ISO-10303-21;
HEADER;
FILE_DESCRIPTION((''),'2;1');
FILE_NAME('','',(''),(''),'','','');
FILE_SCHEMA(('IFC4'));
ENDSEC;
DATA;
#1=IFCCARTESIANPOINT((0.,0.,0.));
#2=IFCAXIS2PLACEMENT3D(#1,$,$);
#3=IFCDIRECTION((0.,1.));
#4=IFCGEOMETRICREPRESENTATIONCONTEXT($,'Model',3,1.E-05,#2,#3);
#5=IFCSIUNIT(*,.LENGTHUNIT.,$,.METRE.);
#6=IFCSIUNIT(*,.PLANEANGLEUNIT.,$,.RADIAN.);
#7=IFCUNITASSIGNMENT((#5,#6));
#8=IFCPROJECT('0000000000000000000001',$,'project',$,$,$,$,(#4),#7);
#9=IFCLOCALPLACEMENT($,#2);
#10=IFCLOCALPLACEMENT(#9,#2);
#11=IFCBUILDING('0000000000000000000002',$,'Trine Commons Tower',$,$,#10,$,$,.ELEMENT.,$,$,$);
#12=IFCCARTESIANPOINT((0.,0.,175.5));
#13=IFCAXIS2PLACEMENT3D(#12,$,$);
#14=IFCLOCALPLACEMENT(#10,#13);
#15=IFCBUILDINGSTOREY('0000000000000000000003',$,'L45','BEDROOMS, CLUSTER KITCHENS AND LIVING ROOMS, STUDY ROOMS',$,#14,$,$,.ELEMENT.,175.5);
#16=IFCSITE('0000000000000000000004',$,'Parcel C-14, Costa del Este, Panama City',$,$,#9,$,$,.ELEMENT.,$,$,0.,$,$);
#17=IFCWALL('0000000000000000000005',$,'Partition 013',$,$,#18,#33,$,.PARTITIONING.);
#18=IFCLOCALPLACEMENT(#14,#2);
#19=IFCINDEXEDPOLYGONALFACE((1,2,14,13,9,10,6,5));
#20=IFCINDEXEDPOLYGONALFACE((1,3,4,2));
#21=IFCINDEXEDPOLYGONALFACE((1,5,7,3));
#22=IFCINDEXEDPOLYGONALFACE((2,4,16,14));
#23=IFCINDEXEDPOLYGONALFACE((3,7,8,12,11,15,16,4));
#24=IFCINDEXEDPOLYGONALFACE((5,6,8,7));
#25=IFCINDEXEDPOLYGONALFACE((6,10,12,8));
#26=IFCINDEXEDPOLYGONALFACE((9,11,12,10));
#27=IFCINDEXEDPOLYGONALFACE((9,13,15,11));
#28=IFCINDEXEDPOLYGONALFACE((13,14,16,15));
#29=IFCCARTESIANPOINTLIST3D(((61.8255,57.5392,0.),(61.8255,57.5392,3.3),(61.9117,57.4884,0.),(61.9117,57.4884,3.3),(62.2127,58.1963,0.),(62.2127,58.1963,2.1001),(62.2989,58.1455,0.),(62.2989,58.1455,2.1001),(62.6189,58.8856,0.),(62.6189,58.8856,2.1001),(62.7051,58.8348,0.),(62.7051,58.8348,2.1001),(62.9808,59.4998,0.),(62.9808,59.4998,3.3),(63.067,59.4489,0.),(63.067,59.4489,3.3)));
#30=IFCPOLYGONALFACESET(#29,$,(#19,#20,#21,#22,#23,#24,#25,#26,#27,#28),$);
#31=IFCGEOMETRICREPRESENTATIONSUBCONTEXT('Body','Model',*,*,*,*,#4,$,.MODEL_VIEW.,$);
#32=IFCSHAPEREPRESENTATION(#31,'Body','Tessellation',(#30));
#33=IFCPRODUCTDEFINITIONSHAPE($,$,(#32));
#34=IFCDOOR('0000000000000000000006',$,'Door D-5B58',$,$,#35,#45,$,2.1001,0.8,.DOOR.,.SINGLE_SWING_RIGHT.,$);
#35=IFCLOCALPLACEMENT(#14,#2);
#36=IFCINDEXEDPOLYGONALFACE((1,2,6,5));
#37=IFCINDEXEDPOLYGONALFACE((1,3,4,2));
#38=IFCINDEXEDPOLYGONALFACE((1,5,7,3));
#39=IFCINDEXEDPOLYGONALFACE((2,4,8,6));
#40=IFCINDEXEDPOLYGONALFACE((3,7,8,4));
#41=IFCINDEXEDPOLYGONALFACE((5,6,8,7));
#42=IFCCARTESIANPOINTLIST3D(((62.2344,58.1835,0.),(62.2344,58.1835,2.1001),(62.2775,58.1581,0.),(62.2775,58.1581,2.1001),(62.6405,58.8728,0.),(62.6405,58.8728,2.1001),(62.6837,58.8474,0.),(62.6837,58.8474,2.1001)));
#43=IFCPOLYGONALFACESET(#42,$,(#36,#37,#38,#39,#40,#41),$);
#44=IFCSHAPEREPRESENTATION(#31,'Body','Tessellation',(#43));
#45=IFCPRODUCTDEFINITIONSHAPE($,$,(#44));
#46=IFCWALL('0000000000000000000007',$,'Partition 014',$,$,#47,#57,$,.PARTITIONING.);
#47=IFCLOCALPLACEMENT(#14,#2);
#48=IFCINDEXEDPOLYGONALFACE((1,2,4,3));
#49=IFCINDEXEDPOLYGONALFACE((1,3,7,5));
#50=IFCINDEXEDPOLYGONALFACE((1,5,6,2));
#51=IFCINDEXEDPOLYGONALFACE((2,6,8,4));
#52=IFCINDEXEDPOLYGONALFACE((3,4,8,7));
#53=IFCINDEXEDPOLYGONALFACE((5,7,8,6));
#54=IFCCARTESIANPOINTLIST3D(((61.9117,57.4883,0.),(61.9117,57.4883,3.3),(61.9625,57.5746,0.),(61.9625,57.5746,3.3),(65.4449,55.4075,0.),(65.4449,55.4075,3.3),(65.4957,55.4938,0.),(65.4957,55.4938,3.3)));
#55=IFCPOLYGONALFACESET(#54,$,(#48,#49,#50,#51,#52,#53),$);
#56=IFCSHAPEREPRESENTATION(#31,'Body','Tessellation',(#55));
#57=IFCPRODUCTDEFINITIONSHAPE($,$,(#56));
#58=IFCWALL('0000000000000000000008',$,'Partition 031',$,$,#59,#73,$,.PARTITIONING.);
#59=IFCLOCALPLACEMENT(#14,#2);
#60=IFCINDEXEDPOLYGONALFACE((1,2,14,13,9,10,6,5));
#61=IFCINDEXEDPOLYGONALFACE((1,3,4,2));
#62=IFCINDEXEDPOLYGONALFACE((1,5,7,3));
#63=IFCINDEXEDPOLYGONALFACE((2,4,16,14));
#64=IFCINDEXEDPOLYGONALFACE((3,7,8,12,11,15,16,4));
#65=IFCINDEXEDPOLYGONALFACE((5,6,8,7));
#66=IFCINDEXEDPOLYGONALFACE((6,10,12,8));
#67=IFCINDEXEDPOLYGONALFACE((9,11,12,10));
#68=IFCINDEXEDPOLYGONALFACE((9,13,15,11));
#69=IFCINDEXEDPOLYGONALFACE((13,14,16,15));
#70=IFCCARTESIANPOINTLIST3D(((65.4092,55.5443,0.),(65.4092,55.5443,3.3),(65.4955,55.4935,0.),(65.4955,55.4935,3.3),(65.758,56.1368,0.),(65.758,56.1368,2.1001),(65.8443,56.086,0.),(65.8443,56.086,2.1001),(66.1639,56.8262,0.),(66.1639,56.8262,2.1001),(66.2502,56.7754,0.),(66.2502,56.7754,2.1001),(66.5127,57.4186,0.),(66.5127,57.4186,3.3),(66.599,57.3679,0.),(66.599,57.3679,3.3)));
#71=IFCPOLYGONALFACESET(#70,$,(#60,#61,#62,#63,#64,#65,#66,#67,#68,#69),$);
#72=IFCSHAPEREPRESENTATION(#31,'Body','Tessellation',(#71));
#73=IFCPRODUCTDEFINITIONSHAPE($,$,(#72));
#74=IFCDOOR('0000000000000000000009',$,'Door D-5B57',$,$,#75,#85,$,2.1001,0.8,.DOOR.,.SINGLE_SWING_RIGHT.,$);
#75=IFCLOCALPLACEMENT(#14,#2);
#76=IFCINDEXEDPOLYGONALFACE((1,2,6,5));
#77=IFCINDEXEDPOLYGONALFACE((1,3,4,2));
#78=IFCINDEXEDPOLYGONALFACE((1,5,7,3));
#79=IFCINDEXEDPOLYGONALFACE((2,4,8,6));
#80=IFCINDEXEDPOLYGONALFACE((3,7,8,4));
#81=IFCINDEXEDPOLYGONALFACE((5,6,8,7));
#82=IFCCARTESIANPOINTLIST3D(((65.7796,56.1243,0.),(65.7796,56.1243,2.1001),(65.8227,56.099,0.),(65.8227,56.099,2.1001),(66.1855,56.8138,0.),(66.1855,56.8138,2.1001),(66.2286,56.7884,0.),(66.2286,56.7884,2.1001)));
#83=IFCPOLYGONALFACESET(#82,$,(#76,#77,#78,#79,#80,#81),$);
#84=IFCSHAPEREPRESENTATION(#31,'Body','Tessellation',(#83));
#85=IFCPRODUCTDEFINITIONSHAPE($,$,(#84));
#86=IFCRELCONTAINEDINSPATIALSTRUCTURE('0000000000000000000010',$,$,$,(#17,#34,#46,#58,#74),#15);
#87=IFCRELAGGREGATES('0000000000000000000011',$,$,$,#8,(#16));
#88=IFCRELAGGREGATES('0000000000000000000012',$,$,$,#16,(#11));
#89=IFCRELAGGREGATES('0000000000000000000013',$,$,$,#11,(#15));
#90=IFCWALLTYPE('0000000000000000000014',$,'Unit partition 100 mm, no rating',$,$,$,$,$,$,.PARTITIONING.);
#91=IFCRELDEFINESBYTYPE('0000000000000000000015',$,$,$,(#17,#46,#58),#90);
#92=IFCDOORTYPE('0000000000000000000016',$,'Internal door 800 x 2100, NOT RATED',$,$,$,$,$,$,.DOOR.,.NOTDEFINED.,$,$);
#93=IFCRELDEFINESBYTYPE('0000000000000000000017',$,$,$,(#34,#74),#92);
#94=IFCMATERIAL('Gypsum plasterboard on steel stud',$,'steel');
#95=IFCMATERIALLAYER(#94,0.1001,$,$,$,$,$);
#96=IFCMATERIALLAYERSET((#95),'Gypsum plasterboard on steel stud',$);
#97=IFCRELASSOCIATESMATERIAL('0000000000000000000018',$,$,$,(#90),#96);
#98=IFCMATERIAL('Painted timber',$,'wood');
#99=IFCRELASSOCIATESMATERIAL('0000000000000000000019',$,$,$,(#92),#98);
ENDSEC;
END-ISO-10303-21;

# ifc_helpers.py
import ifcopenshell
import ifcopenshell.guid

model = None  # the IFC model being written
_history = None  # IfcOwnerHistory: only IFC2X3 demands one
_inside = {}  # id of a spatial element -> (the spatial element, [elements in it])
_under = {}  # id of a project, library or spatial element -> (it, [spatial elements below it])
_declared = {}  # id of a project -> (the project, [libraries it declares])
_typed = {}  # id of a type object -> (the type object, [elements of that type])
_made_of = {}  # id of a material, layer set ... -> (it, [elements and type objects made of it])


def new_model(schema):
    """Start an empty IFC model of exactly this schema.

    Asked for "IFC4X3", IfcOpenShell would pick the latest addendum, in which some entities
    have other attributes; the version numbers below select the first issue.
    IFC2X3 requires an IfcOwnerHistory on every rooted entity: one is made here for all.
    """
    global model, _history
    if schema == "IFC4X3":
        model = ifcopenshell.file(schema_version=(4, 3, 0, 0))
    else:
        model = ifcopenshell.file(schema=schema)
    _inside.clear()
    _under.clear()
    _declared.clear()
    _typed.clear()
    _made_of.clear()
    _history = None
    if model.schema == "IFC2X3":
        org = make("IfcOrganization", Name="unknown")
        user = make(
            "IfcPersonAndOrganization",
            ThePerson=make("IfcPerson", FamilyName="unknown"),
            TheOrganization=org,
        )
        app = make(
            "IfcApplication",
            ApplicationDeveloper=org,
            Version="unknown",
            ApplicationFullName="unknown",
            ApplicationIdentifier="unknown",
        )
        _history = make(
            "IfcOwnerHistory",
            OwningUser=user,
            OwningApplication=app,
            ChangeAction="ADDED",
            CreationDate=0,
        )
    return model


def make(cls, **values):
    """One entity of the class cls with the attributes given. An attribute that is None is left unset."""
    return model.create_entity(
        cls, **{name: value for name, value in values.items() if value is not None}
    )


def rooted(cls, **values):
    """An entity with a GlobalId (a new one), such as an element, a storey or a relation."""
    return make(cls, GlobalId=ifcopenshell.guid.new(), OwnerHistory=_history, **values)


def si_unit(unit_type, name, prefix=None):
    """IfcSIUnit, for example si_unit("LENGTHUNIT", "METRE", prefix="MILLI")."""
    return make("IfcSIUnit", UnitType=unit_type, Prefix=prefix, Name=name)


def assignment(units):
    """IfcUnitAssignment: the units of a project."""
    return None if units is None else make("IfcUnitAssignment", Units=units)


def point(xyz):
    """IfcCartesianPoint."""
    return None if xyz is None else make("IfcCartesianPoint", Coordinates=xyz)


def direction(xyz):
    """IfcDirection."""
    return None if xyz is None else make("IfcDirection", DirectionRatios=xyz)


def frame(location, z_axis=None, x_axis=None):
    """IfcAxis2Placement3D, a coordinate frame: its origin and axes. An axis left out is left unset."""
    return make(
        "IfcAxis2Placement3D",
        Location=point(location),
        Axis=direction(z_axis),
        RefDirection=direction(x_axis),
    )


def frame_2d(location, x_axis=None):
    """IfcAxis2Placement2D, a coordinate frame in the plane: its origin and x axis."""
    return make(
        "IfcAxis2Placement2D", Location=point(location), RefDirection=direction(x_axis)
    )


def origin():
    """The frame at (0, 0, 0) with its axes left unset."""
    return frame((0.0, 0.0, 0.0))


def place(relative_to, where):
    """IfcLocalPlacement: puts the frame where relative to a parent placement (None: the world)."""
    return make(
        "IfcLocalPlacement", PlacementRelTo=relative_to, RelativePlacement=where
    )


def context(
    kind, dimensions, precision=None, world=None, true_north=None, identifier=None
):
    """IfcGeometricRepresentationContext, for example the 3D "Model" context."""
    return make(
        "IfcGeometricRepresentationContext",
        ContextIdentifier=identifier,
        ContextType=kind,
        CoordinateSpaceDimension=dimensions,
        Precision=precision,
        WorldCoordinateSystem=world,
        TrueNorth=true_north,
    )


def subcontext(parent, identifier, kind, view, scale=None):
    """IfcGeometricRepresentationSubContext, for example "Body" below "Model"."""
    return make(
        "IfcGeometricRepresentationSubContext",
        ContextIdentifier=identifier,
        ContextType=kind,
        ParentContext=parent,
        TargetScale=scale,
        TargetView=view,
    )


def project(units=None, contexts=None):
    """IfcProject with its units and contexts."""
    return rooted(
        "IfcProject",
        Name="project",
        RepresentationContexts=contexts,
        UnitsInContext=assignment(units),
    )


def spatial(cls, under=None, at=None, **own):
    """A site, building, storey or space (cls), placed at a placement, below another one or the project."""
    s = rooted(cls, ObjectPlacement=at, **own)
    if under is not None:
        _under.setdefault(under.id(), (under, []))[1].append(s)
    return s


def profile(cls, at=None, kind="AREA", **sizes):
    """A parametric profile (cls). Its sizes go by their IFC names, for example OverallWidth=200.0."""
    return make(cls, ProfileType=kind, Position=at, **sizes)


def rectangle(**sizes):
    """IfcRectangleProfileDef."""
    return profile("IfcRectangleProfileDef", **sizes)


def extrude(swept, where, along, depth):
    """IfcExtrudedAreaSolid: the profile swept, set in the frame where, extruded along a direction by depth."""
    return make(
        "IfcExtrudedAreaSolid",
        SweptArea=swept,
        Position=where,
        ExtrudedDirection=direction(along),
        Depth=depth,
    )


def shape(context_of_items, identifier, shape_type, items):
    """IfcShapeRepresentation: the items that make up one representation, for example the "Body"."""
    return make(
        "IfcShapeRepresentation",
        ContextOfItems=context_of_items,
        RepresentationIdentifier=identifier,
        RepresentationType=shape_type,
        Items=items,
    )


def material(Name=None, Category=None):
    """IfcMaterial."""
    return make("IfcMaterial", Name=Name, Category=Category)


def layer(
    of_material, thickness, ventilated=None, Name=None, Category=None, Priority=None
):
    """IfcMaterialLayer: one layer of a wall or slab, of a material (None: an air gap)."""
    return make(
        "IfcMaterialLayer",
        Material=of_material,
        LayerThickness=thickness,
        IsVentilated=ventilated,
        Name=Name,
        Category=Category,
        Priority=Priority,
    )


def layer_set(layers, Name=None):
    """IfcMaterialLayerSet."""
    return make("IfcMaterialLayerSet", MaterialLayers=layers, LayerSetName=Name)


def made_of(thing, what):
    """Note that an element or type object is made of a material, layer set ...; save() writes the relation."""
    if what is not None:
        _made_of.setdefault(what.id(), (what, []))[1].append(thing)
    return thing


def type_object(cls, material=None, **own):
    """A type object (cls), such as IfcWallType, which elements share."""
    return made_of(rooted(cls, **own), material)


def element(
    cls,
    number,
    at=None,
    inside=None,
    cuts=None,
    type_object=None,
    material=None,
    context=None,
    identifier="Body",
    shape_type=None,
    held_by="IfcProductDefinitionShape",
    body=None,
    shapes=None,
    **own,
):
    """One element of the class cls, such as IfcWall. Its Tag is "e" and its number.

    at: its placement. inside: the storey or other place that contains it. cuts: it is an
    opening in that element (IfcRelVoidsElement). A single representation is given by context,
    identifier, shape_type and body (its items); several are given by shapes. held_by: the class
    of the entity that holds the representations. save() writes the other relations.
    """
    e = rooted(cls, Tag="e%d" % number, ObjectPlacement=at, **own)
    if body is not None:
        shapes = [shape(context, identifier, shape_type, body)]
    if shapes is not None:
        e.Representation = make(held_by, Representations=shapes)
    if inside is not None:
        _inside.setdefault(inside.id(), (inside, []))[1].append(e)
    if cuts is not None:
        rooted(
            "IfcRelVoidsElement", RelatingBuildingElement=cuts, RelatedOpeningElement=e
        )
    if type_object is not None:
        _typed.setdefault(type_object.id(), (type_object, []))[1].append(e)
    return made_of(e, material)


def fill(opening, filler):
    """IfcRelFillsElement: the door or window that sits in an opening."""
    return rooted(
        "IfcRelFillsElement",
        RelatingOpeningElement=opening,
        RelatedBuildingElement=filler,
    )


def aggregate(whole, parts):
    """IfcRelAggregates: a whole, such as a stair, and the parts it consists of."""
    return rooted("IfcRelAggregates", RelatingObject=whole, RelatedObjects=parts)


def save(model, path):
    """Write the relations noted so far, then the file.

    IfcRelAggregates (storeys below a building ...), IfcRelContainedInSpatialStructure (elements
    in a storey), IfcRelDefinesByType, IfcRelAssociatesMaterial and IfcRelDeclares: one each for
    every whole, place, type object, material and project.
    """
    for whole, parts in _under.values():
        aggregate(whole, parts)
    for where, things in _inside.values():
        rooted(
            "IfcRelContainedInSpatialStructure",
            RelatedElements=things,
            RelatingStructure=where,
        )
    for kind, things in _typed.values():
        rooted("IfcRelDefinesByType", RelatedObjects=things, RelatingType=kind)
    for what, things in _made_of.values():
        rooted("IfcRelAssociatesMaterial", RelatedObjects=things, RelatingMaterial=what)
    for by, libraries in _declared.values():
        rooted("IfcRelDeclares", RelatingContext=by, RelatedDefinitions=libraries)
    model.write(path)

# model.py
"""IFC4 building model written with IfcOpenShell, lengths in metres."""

from ifc_helpers import new_model, si_unit, direction, frame, frame_2d, origin, place, context, subcontext, project, spatial, rectangle, extrude, material, layer, layer_set, type_object, element, fill, save


model = new_model("IFC4")

# Units and contexts
model_context = context("Model", 3, precision=1e-05, world=origin(), true_north=direction((0.0, 1.0)))
body_context = subcontext(model_context, "Body", "Model", "MODEL_VIEW")
ifc_project = project(units=[si_unit("LENGTHUNIT", "METRE"), si_unit("PLANEANGLEUNIT", "RADIAN")], contexts=[model_context])

# Site, building, storey
site_placement = place(None, origin())
site = spatial("IfcSite", under=ifc_project, at=site_placement, Name="Parcel C-14, Costa del Este, Panama City", CompositionType="ELEMENT", RefElevation=0.0)
building_placement = place(site_placement, origin())
building = spatial("IfcBuilding", under=site, at=building_placement, Name="Trine Commons Tower", CompositionType="ELEMENT")
storey_placement = place(building_placement, frame((0.0, 0.0, 175.5)))
storey = spatial("IfcBuildingStorey", under=building, at=storey_placement, Name="L45", Description="BEDROOMS, CLUSTER KITCHENS AND LIVING ROOMS, STUDY ROOMS", CompositionType="ELEMENT", Elevation=175.5)

# Shared definitions
ifc_material_1 = material(Name="Gypsum plasterboard on steel stud", Category="steel")

# Shared definitions
ifc_material_2 = material(Name="Painted timber", Category="wood")

# Wall, opening, door
ifc_layer_1 = layer(ifc_material_1, 0.1001)
ifc_layer_set_1 = layer_set([ifc_layer_1], Name="Gypsum plasterboard on steel stud")
wall_type_1 = type_object("IfcWallType", Name="Unit partition 100 mm, no rating", PredefinedType="PARTITIONING", material=ifc_layer_set_1)
wall_1_placement = place(storey_placement, frame((61.8687, 57.5139, 0.0), z_axis=(0.0, 0.0, 1.0), x_axis=(0.507695, 0.861537, 0.0)))
wall_1 = element("IfcWall", 1, at=wall_1_placement, inside=storey, type_object=wall_type_1, Name="Partition 013", PredefinedType="PARTITIONING", context=body_context, shape_type="SweptSolid", body=[
    extrude(rectangle(XDim=2.2756, YDim=0.1001, at=frame_2d((1.1377, 0.0))), origin(), (0.0, 0.0, 1.0), 3.3),
])
opening_1_placement = place(wall_1_placement, frame((0.7627, 0.0, 0.0)))
opening_1 = element("IfcOpeningElement", 2, at=opening_1_placement, cuts=wall_1, PredefinedType="OPENING", context=body_context, shape_type="SweptSolid", body=[
    extrude(rectangle(XDim=0.8, YDim=2.1001, at=frame_2d((0.3999, 1.05))), frame((0.0, 0.0601, 0.0), z_axis=(0.0, -1.0, 0.0), x_axis=(1.0, 0.0, 0.0)), (0.0, 0.0, 1.0), 0.1201),
])
door_type_1 = type_object("IfcDoorType", Name="Internal door 800 x 2100, NOT RATED", OperationType="NOTDEFINED", PredefinedType="DOOR", material=ifc_material_2)
door_1_placement = place(opening_1_placement, origin())
door_1 = element("IfcDoor", 3, at=door_1_placement, inside=storey, type_object=door_type_1, Name="Door D-5B58", OperationType="SINGLE_SWING_RIGHT", OverallHeight=2.1001, OverallWidth=0.8, PredefinedType="DOOR", context=body_context, shape_type="SweptSolid", body=[
    extrude(rectangle(XDim=0.8, YDim=2.1001, at=frame_2d((0.3999, 1.05))), frame((0.0, 0.0249, 0.0), z_axis=(0.0, -1.0, 0.0), x_axis=(1.0, 0.0, 0.0)), (0.0, 0.0, 1.0), 0.05),
])
fill(opening_1, door_1)

# Wall
wall_2_placement = place(storey_placement, frame((61.937, 57.5315, 0.0), z_axis=(0.0, 0.0, 1.0), x_axis=(0.861672, -0.507465, 0.0)))
element("IfcWall", 4, at=wall_2_placement, inside=storey, type_object=wall_type_1, Name="Partition 014", PredefinedType="PARTITIONING", context=body_context, shape_type="SweptSolid", body=[
    extrude(rectangle(XDim=4.1003, YDim=0.1001, at=frame_2d((2.0503, 0.0))), origin(), (0.0, 0.0, 1.0), 3.3),
])

# Wall, opening, door
wall_3_placement = place(storey_placement, frame((65.4524, 55.519, 0.0), z_axis=(0.0, 0.0, 1.0), x_axis=(0.507363, 0.861732, 0.0)))
wall_3 = element("IfcWall", 5, at=wall_3_placement, inside=storey, type_object=wall_type_1, Name="Partition 031", PredefinedType="PARTITIONING", context=body_context, shape_type="SweptSolid", body=[
    extrude(rectangle(XDim=2.175, YDim=0.1001, at=frame_2d((1.0874, 0.0))), origin(), (0.0, 0.0, 1.0), 3.3),
])
opening_2_placement = place(wall_3_placement, frame((0.6875, 0.0, 0.0)))
opening_2 = element("IfcOpeningElement", 6, at=opening_2_placement, cuts=wall_3, PredefinedType="OPENING", context=body_context, shape_type="SweptSolid", body=[
    extrude(rectangle(XDim=0.8, YDim=2.1001, at=frame_2d((0.3999, 1.05))), frame((0.0, 0.0601, 0.0), z_axis=(0.0, -1.0, 0.0), x_axis=(1.0, 0.0, 0.0)), (0.0, 0.0, 1.0), 0.1201),
])
door_2_placement = place(opening_2_placement, frame((0.8, 0.0, 0.0), z_axis=(0.0, 0.0, 1.0), x_axis=(-1.0, 0.0, 0.0)))
door_2 = element("IfcDoor", 7, at=door_2_placement, inside=storey, type_object=door_type_1, Name="Door D-5B57", OperationType="SINGLE_SWING_RIGHT", OverallHeight=2.1001, OverallWidth=0.8, PredefinedType="DOOR", context=body_context, shape_type="SweptSolid", body=[
    extrude(rectangle(XDim=0.8, YDim=2.1001, at=frame_2d((0.3999, 1.05))), frame((0.0, 0.0249, 0.0), z_axis=(0.0, -1.0, 0.0), x_axis=(1.0, 0.0, 0.0)), (0.0, 0.0, 1.0), 0.05),
])
fill(opening_2, door_2)

save(model, "model.ifc")
